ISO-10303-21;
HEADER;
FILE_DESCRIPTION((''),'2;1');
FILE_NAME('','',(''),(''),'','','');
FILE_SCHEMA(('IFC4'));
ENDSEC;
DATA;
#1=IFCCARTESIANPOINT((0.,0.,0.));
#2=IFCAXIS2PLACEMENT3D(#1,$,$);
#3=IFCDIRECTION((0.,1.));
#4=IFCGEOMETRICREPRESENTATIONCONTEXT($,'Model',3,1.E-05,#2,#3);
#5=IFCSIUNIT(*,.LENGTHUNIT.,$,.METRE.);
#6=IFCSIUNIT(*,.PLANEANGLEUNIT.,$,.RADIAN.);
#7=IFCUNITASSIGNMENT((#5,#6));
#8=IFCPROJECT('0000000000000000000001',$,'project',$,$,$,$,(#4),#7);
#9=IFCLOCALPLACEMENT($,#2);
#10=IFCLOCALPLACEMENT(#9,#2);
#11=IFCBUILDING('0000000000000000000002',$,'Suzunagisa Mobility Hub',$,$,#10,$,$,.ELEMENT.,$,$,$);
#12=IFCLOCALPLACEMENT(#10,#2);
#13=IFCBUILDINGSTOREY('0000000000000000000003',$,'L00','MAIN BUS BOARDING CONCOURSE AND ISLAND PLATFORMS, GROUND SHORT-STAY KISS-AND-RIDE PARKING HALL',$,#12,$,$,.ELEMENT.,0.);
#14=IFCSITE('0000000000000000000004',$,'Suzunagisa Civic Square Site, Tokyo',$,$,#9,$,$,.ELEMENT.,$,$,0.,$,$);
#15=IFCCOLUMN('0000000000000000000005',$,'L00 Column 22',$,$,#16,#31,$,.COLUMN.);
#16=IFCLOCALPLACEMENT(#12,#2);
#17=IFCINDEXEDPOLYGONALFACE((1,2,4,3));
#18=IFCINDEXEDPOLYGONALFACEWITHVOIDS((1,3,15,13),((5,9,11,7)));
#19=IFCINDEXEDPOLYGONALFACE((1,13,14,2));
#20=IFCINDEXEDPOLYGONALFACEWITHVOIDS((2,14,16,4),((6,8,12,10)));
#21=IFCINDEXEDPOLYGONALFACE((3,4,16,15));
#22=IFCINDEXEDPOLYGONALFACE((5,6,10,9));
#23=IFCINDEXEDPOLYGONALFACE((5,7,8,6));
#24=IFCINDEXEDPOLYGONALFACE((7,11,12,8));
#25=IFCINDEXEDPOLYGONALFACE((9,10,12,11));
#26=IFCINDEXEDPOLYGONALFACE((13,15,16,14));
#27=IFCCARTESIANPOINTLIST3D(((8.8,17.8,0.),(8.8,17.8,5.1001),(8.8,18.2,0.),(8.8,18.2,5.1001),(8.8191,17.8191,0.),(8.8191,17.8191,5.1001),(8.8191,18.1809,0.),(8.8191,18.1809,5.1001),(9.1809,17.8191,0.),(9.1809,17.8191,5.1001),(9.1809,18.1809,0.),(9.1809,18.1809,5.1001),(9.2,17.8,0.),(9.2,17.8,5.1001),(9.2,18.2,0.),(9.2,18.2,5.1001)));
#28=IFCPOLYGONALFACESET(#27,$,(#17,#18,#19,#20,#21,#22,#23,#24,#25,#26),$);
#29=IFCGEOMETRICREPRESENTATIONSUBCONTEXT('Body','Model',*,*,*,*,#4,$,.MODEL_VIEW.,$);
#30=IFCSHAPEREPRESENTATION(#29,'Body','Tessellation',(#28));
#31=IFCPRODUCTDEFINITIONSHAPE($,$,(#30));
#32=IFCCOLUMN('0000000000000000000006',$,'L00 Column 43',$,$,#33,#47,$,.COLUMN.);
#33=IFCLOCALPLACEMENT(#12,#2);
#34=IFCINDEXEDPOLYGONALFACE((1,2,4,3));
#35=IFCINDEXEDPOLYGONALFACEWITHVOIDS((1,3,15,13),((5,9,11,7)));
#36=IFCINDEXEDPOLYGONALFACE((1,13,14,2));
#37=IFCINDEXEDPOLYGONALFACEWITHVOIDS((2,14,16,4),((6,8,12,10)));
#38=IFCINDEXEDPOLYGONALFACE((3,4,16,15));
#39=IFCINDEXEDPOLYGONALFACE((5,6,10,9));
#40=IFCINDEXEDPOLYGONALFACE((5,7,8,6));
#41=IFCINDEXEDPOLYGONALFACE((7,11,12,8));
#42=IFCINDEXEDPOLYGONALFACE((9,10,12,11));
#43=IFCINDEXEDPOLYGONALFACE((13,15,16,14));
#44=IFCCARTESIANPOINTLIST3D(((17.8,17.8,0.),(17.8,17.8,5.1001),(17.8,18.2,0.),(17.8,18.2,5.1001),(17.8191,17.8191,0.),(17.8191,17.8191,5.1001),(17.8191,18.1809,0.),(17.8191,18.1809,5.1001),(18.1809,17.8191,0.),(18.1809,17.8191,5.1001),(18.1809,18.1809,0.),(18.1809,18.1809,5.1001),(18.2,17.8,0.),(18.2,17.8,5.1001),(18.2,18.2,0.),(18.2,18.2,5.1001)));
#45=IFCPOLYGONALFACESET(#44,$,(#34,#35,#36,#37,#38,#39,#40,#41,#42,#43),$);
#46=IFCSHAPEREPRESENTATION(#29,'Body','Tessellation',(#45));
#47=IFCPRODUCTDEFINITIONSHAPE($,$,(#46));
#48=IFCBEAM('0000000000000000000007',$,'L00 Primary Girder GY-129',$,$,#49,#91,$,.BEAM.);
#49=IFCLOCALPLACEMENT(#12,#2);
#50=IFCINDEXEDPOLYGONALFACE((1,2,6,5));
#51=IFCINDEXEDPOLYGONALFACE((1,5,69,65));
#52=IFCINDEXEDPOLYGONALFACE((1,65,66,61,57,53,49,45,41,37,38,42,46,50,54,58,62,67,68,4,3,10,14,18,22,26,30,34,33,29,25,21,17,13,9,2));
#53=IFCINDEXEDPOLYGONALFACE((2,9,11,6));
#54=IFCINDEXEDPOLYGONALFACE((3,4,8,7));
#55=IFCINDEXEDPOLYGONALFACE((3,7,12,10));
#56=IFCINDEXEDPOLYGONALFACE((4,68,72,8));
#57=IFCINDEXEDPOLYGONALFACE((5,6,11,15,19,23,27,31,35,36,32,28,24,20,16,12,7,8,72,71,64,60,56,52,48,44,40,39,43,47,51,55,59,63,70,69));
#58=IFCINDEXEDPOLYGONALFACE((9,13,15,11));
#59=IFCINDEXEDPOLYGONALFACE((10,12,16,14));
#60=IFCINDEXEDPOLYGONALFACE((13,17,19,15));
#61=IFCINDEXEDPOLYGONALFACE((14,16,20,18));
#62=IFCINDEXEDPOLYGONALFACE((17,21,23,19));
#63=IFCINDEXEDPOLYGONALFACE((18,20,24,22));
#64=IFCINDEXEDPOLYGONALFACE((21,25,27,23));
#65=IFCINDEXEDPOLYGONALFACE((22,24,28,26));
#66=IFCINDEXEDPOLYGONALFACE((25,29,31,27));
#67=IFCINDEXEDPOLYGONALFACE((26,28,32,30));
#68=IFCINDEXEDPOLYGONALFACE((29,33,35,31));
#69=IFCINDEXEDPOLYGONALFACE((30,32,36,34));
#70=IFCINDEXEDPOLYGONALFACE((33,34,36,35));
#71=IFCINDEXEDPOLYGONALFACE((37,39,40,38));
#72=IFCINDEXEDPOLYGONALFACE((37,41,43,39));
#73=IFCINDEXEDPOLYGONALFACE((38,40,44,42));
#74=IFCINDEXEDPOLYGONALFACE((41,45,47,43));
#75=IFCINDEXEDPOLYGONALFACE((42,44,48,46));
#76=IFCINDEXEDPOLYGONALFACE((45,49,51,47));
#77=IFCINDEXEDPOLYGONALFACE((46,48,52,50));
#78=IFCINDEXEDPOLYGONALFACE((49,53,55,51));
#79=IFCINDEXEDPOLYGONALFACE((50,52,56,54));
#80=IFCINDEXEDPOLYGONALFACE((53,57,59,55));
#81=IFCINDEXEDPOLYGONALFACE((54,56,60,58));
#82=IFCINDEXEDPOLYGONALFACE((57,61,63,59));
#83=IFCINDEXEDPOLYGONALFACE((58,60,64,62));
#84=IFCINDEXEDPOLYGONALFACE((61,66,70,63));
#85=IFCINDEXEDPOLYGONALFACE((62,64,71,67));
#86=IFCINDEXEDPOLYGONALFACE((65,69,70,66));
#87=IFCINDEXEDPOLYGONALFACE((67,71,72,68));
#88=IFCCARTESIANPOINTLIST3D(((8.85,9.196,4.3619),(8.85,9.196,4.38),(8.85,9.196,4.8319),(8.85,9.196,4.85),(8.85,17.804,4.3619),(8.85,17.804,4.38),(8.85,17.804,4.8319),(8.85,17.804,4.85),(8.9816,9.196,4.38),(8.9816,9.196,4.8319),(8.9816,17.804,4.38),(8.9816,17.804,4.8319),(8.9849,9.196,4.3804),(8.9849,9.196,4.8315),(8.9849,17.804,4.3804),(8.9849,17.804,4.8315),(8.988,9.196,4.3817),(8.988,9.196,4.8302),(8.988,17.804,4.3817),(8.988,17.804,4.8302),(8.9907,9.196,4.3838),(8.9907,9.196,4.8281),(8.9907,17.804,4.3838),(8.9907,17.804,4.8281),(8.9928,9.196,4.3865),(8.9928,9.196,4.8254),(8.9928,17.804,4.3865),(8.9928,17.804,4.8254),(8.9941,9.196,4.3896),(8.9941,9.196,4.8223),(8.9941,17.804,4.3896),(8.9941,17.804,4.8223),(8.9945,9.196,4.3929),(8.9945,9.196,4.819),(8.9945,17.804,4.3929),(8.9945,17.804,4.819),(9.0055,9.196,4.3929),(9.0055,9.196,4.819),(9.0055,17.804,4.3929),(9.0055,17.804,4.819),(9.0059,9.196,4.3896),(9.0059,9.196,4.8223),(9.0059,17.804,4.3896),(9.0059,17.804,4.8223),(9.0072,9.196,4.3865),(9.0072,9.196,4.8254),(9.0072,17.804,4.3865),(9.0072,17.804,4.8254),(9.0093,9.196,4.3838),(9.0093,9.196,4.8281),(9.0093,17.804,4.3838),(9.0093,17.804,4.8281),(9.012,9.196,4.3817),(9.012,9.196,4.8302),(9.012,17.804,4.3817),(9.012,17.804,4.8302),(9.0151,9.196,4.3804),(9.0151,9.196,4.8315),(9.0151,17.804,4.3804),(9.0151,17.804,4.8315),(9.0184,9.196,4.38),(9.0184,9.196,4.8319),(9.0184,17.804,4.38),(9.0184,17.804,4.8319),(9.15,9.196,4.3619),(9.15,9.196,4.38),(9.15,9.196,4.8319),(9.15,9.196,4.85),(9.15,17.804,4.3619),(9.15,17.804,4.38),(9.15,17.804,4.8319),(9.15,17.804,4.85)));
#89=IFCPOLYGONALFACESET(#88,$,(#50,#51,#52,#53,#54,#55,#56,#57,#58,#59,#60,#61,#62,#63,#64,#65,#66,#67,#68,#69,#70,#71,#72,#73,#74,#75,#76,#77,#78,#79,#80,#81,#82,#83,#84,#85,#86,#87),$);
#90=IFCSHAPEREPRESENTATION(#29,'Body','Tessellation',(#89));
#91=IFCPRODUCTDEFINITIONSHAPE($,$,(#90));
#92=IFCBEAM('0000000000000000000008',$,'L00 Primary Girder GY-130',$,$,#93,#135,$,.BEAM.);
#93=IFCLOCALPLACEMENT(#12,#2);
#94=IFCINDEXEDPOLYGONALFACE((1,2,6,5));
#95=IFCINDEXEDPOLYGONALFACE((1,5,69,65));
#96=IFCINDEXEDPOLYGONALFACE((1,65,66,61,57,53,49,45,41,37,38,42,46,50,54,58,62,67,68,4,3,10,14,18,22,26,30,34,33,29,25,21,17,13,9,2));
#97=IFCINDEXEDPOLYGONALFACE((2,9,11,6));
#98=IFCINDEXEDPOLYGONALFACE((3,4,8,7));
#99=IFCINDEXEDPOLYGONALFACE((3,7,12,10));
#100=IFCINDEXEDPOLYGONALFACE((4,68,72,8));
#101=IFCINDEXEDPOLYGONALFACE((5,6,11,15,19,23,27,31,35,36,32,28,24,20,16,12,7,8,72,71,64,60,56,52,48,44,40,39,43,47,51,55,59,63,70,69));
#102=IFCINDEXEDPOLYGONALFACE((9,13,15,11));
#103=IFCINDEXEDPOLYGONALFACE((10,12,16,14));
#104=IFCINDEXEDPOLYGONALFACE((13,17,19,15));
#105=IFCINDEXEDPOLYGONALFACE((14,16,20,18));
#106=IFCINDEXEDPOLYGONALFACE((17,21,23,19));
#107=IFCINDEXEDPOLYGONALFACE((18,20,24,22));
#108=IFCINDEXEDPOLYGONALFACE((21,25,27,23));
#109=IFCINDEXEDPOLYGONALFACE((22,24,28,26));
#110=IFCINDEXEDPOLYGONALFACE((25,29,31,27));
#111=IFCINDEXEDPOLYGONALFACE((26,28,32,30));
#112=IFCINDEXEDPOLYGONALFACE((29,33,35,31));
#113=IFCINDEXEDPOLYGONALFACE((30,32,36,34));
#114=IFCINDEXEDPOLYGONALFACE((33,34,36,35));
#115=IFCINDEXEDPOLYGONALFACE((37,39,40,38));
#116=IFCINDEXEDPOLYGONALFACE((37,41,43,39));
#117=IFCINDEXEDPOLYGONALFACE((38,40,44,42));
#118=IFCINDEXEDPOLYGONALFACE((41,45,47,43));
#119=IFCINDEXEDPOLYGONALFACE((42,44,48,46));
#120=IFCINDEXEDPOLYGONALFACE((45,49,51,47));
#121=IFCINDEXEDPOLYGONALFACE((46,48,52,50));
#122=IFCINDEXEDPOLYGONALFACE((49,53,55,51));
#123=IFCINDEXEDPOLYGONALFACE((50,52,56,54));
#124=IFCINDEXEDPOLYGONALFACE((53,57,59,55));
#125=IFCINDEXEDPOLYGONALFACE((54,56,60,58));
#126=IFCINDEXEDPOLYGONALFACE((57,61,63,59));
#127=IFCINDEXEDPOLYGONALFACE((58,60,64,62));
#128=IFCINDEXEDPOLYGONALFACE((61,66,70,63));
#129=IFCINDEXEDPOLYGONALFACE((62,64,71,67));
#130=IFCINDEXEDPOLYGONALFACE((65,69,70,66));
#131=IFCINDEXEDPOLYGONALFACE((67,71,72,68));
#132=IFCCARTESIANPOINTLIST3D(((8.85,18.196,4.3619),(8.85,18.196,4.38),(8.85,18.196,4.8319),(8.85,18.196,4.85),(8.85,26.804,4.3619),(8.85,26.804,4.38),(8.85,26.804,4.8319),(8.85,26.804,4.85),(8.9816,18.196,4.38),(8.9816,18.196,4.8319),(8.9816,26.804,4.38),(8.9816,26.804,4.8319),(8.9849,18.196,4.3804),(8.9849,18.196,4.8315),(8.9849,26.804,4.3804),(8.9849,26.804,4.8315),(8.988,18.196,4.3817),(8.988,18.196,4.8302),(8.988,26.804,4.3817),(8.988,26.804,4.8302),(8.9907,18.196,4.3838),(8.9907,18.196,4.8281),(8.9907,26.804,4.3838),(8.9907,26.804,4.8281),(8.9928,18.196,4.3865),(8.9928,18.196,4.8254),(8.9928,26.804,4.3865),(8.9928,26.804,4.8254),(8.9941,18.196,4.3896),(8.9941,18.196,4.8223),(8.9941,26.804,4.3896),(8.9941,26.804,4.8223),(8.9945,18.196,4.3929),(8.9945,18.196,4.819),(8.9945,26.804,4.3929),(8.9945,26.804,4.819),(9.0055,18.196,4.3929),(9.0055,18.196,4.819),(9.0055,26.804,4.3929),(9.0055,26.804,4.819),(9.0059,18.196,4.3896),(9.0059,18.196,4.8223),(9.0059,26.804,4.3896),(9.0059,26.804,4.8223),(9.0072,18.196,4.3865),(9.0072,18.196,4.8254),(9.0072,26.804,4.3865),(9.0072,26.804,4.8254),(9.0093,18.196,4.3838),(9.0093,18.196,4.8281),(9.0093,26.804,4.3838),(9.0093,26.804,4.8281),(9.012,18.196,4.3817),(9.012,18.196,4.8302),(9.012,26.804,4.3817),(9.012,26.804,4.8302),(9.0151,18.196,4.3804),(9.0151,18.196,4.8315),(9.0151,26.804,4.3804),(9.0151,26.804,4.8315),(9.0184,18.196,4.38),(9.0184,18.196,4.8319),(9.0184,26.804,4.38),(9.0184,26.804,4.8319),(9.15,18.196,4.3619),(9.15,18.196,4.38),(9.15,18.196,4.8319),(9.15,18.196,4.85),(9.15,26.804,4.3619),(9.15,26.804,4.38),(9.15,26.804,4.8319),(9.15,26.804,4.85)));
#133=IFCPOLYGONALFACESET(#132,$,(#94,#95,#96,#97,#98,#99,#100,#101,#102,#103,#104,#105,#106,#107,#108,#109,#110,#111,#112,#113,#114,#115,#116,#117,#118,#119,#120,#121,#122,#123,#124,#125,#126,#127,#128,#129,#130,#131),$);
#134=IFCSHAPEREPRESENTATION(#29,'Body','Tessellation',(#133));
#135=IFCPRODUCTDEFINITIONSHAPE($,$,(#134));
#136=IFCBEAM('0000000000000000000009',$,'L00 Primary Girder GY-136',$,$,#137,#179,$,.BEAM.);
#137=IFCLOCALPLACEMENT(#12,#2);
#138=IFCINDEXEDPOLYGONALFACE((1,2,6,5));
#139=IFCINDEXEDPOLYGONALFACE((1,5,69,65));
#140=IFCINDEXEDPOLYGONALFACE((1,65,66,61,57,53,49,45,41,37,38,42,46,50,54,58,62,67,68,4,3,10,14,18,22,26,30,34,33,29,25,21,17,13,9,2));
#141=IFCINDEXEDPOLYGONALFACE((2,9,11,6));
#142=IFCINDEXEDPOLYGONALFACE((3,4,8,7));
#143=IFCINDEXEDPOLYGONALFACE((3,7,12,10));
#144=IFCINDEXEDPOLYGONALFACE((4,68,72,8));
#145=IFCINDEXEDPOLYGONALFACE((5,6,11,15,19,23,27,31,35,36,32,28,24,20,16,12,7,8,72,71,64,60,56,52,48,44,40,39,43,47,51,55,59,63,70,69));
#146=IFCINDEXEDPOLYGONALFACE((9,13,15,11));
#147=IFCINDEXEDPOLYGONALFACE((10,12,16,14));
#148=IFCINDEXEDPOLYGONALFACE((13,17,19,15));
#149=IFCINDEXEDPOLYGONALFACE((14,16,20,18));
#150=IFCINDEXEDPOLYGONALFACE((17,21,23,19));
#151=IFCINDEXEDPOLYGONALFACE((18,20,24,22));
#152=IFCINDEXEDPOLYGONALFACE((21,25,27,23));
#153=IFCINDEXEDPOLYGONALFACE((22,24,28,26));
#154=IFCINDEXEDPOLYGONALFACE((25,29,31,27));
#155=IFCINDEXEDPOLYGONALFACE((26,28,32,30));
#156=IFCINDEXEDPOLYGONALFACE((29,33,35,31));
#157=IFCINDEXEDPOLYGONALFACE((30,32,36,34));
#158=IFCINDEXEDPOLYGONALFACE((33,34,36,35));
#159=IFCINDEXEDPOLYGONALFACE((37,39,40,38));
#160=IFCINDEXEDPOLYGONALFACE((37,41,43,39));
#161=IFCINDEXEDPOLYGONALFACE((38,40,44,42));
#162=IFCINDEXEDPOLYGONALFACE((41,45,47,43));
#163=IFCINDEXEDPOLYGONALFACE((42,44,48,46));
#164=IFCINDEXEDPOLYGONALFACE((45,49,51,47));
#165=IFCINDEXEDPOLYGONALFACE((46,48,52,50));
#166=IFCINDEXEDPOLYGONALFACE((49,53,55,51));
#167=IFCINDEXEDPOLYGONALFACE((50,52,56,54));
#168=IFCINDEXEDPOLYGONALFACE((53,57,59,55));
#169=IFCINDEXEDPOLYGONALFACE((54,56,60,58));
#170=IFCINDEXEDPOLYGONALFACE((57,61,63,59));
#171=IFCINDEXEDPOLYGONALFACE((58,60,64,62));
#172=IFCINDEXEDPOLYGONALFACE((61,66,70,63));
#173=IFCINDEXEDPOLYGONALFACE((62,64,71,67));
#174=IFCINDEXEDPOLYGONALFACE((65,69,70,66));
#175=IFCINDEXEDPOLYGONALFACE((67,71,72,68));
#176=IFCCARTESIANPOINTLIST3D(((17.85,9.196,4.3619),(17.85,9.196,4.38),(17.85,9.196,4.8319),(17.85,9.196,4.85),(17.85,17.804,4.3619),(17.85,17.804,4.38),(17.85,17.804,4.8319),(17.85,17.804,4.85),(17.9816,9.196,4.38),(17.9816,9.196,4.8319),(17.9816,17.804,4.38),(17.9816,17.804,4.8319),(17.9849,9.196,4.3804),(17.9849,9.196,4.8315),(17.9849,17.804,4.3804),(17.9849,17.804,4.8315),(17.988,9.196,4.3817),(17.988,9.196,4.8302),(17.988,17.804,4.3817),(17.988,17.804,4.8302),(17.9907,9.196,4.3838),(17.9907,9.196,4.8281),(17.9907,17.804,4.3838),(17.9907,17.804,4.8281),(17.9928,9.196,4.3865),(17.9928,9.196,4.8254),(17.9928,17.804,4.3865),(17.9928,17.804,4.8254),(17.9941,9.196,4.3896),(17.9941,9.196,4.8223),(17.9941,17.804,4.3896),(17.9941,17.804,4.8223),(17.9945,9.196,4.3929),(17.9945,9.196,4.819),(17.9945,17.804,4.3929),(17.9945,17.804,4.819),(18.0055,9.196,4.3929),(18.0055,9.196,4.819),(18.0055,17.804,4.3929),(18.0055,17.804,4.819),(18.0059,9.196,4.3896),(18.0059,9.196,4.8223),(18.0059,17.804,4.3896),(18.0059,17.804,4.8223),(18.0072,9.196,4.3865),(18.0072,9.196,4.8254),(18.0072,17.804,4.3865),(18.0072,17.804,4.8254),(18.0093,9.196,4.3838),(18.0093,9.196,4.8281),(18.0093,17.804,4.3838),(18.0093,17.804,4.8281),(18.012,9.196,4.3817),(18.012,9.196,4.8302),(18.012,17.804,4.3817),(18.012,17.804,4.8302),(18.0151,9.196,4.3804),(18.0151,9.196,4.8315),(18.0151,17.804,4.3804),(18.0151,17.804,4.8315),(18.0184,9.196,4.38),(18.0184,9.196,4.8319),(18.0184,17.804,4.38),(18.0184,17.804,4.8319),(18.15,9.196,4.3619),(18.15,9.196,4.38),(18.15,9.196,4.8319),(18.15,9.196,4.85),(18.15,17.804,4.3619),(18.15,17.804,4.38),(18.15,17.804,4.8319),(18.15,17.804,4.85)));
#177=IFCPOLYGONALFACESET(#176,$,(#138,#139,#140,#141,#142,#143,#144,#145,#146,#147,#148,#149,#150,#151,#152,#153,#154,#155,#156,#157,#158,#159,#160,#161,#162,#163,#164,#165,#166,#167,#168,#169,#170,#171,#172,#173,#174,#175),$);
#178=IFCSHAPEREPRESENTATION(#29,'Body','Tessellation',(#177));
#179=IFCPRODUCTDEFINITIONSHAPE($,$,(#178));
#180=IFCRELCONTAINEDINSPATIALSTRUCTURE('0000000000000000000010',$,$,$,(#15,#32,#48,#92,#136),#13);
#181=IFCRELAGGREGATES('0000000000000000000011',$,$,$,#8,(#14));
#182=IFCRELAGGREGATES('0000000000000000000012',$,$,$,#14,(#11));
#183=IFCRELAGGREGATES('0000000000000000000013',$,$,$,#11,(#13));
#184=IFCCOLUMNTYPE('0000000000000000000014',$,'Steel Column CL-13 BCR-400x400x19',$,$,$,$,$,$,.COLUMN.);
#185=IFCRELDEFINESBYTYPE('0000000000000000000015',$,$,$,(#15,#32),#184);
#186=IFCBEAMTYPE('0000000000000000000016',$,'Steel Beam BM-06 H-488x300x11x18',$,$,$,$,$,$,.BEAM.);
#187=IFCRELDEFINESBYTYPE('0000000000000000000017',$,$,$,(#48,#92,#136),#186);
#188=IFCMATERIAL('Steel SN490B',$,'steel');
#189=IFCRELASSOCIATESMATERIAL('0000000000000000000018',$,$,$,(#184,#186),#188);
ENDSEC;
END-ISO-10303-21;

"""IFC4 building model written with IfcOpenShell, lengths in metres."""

from ifc_helpers import new_model, si_unit, direction, frame, origin, origin_2d, place, context, subcontext, project, spatial, hollow_rectangle, i_section, extrude, material, material_profile, profile_set, type_object, element, save


model = new_model("IFC4")

# Units and contexts
model_context = context("Model", 3, precision=1e-05, world=origin(), true_north=direction((0.0, 1.0)))
body_context = subcontext(model_context, "Body", "Model", "MODEL_VIEW")
ifc_project = project(units=[si_unit("LENGTHUNIT", "METRE"), si_unit("PLANEANGLEUNIT", "RADIAN")], contexts=[model_context])

# Site, building, storey
site_placement = place(None, origin())
site = spatial("IfcSite", under=ifc_project, at=site_placement, Name="Suzunagisa Civic Square Site, Tokyo", CompositionType="ELEMENT", RefElevation=0.0)
building_placement = place(site_placement, origin())
building = spatial("IfcBuilding", under=site, at=building_placement, Name="Suzunagisa Mobility Hub", CompositionType="ELEMENT")
storey_placement = place(building_placement, origin())
storey = spatial("IfcBuildingStorey", under=building, at=storey_placement, Name="L00", Description="MAIN BUS BOARDING CONCOURSE AND ISLAND PLATFORMS, GROUND SHORT-STAY KISS-AND-RIDE PARKING HALL", CompositionType="ELEMENT", Elevation=0.0)

# Columns
ifc_material_1 = material(Name="Steel SN490B", Category="steel")
ifc_material_profile_1 = material_profile(ifc_material_1, hollow_rectangle(XDim=0.3999, YDim=0.3999, WallThickness=0.019, at=origin_2d()), Name="BCR-400x400x19")
ifc_profile_set_1 = profile_set([ifc_material_profile_1], Name="Steel SN490B")
column_type = type_object("IfcColumnType", Name="Steel Column CL-13 BCR-400x400x19", PredefinedType="COLUMN", material=ifc_profile_set_1)
for number, where, z_axis, x_axis, name in (
    (1, (9.0, 18.0, 0.0), (0.0, 0.0, 1.0), (1.0, 0.0, 0.0), "L00 Column 22"),
    (2, (18.0, 18.0, 0.0), (0.0, 0.0, 1.0), (1.0, 0.0, 0.0), "L00 Column 43"),
):
    element("IfcColumn", number, at=place(storey_placement, frame(where, z_axis=z_axis, x_axis=x_axis)), inside=storey, type_object=column_type, Name=name, PredefinedType="COLUMN", context=body_context, shape_type="SweptSolid", body=[
        extrude(hollow_rectangle(XDim=0.3999, YDim=0.3999, WallThickness=0.019, at=origin_2d()), origin(), (0.0, 0.0, 1.0), 5.1001),
    ])

# Beams
ifc_material_profile_2 = material_profile(ifc_material_1, i_section(OverallWidth=0.3, OverallDepth=0.488, WebThickness=0.011, FlangeThickness=0.0181, FilletRadius=0.0129, at=origin_2d()), Name="H-488x300x11x18")
ifc_profile_set_2 = profile_set([ifc_material_profile_2], Name="Steel SN490B")
beam_type_1 = type_object("IfcBeamType", Name="Steel Beam BM-06 H-488x300x11x18", PredefinedType="BEAM", material=ifc_profile_set_2)
for number, where, z_axis, x_axis, name in (
    (3, (9.0, 9.196, 4.606), (0.0, 1.0, 0.0), (-1.0, 0.0, 0.0), "L00 Primary Girder GY-129"),
    (4, (9.0, 18.196, 4.606), (0.0, 1.0, 0.0), (-1.0, 0.0, 0.0), "L00 Primary Girder GY-130"),
    (5, (18.0, 9.196, 4.606), (0.0, 1.0, 0.0), (-1.0, 0.0, 0.0), "L00 Primary Girder GY-136"),
):
    element("IfcBeam", number, at=place(storey_placement, frame(where, z_axis=z_axis, x_axis=x_axis)), inside=storey, type_object=beam_type_1, Name=name, PredefinedType="BEAM", context=body_context, shape_type="SweptSolid", body=[
        extrude(i_section(OverallWidth=0.3, OverallDepth=0.488, WebThickness=0.011, FlangeThickness=0.0181, FilletRadius=0.0129, at=origin_2d()), origin(), (0.0, 0.0, 1.0), 8.6079),
    ])

save(model, "model.ifc")
